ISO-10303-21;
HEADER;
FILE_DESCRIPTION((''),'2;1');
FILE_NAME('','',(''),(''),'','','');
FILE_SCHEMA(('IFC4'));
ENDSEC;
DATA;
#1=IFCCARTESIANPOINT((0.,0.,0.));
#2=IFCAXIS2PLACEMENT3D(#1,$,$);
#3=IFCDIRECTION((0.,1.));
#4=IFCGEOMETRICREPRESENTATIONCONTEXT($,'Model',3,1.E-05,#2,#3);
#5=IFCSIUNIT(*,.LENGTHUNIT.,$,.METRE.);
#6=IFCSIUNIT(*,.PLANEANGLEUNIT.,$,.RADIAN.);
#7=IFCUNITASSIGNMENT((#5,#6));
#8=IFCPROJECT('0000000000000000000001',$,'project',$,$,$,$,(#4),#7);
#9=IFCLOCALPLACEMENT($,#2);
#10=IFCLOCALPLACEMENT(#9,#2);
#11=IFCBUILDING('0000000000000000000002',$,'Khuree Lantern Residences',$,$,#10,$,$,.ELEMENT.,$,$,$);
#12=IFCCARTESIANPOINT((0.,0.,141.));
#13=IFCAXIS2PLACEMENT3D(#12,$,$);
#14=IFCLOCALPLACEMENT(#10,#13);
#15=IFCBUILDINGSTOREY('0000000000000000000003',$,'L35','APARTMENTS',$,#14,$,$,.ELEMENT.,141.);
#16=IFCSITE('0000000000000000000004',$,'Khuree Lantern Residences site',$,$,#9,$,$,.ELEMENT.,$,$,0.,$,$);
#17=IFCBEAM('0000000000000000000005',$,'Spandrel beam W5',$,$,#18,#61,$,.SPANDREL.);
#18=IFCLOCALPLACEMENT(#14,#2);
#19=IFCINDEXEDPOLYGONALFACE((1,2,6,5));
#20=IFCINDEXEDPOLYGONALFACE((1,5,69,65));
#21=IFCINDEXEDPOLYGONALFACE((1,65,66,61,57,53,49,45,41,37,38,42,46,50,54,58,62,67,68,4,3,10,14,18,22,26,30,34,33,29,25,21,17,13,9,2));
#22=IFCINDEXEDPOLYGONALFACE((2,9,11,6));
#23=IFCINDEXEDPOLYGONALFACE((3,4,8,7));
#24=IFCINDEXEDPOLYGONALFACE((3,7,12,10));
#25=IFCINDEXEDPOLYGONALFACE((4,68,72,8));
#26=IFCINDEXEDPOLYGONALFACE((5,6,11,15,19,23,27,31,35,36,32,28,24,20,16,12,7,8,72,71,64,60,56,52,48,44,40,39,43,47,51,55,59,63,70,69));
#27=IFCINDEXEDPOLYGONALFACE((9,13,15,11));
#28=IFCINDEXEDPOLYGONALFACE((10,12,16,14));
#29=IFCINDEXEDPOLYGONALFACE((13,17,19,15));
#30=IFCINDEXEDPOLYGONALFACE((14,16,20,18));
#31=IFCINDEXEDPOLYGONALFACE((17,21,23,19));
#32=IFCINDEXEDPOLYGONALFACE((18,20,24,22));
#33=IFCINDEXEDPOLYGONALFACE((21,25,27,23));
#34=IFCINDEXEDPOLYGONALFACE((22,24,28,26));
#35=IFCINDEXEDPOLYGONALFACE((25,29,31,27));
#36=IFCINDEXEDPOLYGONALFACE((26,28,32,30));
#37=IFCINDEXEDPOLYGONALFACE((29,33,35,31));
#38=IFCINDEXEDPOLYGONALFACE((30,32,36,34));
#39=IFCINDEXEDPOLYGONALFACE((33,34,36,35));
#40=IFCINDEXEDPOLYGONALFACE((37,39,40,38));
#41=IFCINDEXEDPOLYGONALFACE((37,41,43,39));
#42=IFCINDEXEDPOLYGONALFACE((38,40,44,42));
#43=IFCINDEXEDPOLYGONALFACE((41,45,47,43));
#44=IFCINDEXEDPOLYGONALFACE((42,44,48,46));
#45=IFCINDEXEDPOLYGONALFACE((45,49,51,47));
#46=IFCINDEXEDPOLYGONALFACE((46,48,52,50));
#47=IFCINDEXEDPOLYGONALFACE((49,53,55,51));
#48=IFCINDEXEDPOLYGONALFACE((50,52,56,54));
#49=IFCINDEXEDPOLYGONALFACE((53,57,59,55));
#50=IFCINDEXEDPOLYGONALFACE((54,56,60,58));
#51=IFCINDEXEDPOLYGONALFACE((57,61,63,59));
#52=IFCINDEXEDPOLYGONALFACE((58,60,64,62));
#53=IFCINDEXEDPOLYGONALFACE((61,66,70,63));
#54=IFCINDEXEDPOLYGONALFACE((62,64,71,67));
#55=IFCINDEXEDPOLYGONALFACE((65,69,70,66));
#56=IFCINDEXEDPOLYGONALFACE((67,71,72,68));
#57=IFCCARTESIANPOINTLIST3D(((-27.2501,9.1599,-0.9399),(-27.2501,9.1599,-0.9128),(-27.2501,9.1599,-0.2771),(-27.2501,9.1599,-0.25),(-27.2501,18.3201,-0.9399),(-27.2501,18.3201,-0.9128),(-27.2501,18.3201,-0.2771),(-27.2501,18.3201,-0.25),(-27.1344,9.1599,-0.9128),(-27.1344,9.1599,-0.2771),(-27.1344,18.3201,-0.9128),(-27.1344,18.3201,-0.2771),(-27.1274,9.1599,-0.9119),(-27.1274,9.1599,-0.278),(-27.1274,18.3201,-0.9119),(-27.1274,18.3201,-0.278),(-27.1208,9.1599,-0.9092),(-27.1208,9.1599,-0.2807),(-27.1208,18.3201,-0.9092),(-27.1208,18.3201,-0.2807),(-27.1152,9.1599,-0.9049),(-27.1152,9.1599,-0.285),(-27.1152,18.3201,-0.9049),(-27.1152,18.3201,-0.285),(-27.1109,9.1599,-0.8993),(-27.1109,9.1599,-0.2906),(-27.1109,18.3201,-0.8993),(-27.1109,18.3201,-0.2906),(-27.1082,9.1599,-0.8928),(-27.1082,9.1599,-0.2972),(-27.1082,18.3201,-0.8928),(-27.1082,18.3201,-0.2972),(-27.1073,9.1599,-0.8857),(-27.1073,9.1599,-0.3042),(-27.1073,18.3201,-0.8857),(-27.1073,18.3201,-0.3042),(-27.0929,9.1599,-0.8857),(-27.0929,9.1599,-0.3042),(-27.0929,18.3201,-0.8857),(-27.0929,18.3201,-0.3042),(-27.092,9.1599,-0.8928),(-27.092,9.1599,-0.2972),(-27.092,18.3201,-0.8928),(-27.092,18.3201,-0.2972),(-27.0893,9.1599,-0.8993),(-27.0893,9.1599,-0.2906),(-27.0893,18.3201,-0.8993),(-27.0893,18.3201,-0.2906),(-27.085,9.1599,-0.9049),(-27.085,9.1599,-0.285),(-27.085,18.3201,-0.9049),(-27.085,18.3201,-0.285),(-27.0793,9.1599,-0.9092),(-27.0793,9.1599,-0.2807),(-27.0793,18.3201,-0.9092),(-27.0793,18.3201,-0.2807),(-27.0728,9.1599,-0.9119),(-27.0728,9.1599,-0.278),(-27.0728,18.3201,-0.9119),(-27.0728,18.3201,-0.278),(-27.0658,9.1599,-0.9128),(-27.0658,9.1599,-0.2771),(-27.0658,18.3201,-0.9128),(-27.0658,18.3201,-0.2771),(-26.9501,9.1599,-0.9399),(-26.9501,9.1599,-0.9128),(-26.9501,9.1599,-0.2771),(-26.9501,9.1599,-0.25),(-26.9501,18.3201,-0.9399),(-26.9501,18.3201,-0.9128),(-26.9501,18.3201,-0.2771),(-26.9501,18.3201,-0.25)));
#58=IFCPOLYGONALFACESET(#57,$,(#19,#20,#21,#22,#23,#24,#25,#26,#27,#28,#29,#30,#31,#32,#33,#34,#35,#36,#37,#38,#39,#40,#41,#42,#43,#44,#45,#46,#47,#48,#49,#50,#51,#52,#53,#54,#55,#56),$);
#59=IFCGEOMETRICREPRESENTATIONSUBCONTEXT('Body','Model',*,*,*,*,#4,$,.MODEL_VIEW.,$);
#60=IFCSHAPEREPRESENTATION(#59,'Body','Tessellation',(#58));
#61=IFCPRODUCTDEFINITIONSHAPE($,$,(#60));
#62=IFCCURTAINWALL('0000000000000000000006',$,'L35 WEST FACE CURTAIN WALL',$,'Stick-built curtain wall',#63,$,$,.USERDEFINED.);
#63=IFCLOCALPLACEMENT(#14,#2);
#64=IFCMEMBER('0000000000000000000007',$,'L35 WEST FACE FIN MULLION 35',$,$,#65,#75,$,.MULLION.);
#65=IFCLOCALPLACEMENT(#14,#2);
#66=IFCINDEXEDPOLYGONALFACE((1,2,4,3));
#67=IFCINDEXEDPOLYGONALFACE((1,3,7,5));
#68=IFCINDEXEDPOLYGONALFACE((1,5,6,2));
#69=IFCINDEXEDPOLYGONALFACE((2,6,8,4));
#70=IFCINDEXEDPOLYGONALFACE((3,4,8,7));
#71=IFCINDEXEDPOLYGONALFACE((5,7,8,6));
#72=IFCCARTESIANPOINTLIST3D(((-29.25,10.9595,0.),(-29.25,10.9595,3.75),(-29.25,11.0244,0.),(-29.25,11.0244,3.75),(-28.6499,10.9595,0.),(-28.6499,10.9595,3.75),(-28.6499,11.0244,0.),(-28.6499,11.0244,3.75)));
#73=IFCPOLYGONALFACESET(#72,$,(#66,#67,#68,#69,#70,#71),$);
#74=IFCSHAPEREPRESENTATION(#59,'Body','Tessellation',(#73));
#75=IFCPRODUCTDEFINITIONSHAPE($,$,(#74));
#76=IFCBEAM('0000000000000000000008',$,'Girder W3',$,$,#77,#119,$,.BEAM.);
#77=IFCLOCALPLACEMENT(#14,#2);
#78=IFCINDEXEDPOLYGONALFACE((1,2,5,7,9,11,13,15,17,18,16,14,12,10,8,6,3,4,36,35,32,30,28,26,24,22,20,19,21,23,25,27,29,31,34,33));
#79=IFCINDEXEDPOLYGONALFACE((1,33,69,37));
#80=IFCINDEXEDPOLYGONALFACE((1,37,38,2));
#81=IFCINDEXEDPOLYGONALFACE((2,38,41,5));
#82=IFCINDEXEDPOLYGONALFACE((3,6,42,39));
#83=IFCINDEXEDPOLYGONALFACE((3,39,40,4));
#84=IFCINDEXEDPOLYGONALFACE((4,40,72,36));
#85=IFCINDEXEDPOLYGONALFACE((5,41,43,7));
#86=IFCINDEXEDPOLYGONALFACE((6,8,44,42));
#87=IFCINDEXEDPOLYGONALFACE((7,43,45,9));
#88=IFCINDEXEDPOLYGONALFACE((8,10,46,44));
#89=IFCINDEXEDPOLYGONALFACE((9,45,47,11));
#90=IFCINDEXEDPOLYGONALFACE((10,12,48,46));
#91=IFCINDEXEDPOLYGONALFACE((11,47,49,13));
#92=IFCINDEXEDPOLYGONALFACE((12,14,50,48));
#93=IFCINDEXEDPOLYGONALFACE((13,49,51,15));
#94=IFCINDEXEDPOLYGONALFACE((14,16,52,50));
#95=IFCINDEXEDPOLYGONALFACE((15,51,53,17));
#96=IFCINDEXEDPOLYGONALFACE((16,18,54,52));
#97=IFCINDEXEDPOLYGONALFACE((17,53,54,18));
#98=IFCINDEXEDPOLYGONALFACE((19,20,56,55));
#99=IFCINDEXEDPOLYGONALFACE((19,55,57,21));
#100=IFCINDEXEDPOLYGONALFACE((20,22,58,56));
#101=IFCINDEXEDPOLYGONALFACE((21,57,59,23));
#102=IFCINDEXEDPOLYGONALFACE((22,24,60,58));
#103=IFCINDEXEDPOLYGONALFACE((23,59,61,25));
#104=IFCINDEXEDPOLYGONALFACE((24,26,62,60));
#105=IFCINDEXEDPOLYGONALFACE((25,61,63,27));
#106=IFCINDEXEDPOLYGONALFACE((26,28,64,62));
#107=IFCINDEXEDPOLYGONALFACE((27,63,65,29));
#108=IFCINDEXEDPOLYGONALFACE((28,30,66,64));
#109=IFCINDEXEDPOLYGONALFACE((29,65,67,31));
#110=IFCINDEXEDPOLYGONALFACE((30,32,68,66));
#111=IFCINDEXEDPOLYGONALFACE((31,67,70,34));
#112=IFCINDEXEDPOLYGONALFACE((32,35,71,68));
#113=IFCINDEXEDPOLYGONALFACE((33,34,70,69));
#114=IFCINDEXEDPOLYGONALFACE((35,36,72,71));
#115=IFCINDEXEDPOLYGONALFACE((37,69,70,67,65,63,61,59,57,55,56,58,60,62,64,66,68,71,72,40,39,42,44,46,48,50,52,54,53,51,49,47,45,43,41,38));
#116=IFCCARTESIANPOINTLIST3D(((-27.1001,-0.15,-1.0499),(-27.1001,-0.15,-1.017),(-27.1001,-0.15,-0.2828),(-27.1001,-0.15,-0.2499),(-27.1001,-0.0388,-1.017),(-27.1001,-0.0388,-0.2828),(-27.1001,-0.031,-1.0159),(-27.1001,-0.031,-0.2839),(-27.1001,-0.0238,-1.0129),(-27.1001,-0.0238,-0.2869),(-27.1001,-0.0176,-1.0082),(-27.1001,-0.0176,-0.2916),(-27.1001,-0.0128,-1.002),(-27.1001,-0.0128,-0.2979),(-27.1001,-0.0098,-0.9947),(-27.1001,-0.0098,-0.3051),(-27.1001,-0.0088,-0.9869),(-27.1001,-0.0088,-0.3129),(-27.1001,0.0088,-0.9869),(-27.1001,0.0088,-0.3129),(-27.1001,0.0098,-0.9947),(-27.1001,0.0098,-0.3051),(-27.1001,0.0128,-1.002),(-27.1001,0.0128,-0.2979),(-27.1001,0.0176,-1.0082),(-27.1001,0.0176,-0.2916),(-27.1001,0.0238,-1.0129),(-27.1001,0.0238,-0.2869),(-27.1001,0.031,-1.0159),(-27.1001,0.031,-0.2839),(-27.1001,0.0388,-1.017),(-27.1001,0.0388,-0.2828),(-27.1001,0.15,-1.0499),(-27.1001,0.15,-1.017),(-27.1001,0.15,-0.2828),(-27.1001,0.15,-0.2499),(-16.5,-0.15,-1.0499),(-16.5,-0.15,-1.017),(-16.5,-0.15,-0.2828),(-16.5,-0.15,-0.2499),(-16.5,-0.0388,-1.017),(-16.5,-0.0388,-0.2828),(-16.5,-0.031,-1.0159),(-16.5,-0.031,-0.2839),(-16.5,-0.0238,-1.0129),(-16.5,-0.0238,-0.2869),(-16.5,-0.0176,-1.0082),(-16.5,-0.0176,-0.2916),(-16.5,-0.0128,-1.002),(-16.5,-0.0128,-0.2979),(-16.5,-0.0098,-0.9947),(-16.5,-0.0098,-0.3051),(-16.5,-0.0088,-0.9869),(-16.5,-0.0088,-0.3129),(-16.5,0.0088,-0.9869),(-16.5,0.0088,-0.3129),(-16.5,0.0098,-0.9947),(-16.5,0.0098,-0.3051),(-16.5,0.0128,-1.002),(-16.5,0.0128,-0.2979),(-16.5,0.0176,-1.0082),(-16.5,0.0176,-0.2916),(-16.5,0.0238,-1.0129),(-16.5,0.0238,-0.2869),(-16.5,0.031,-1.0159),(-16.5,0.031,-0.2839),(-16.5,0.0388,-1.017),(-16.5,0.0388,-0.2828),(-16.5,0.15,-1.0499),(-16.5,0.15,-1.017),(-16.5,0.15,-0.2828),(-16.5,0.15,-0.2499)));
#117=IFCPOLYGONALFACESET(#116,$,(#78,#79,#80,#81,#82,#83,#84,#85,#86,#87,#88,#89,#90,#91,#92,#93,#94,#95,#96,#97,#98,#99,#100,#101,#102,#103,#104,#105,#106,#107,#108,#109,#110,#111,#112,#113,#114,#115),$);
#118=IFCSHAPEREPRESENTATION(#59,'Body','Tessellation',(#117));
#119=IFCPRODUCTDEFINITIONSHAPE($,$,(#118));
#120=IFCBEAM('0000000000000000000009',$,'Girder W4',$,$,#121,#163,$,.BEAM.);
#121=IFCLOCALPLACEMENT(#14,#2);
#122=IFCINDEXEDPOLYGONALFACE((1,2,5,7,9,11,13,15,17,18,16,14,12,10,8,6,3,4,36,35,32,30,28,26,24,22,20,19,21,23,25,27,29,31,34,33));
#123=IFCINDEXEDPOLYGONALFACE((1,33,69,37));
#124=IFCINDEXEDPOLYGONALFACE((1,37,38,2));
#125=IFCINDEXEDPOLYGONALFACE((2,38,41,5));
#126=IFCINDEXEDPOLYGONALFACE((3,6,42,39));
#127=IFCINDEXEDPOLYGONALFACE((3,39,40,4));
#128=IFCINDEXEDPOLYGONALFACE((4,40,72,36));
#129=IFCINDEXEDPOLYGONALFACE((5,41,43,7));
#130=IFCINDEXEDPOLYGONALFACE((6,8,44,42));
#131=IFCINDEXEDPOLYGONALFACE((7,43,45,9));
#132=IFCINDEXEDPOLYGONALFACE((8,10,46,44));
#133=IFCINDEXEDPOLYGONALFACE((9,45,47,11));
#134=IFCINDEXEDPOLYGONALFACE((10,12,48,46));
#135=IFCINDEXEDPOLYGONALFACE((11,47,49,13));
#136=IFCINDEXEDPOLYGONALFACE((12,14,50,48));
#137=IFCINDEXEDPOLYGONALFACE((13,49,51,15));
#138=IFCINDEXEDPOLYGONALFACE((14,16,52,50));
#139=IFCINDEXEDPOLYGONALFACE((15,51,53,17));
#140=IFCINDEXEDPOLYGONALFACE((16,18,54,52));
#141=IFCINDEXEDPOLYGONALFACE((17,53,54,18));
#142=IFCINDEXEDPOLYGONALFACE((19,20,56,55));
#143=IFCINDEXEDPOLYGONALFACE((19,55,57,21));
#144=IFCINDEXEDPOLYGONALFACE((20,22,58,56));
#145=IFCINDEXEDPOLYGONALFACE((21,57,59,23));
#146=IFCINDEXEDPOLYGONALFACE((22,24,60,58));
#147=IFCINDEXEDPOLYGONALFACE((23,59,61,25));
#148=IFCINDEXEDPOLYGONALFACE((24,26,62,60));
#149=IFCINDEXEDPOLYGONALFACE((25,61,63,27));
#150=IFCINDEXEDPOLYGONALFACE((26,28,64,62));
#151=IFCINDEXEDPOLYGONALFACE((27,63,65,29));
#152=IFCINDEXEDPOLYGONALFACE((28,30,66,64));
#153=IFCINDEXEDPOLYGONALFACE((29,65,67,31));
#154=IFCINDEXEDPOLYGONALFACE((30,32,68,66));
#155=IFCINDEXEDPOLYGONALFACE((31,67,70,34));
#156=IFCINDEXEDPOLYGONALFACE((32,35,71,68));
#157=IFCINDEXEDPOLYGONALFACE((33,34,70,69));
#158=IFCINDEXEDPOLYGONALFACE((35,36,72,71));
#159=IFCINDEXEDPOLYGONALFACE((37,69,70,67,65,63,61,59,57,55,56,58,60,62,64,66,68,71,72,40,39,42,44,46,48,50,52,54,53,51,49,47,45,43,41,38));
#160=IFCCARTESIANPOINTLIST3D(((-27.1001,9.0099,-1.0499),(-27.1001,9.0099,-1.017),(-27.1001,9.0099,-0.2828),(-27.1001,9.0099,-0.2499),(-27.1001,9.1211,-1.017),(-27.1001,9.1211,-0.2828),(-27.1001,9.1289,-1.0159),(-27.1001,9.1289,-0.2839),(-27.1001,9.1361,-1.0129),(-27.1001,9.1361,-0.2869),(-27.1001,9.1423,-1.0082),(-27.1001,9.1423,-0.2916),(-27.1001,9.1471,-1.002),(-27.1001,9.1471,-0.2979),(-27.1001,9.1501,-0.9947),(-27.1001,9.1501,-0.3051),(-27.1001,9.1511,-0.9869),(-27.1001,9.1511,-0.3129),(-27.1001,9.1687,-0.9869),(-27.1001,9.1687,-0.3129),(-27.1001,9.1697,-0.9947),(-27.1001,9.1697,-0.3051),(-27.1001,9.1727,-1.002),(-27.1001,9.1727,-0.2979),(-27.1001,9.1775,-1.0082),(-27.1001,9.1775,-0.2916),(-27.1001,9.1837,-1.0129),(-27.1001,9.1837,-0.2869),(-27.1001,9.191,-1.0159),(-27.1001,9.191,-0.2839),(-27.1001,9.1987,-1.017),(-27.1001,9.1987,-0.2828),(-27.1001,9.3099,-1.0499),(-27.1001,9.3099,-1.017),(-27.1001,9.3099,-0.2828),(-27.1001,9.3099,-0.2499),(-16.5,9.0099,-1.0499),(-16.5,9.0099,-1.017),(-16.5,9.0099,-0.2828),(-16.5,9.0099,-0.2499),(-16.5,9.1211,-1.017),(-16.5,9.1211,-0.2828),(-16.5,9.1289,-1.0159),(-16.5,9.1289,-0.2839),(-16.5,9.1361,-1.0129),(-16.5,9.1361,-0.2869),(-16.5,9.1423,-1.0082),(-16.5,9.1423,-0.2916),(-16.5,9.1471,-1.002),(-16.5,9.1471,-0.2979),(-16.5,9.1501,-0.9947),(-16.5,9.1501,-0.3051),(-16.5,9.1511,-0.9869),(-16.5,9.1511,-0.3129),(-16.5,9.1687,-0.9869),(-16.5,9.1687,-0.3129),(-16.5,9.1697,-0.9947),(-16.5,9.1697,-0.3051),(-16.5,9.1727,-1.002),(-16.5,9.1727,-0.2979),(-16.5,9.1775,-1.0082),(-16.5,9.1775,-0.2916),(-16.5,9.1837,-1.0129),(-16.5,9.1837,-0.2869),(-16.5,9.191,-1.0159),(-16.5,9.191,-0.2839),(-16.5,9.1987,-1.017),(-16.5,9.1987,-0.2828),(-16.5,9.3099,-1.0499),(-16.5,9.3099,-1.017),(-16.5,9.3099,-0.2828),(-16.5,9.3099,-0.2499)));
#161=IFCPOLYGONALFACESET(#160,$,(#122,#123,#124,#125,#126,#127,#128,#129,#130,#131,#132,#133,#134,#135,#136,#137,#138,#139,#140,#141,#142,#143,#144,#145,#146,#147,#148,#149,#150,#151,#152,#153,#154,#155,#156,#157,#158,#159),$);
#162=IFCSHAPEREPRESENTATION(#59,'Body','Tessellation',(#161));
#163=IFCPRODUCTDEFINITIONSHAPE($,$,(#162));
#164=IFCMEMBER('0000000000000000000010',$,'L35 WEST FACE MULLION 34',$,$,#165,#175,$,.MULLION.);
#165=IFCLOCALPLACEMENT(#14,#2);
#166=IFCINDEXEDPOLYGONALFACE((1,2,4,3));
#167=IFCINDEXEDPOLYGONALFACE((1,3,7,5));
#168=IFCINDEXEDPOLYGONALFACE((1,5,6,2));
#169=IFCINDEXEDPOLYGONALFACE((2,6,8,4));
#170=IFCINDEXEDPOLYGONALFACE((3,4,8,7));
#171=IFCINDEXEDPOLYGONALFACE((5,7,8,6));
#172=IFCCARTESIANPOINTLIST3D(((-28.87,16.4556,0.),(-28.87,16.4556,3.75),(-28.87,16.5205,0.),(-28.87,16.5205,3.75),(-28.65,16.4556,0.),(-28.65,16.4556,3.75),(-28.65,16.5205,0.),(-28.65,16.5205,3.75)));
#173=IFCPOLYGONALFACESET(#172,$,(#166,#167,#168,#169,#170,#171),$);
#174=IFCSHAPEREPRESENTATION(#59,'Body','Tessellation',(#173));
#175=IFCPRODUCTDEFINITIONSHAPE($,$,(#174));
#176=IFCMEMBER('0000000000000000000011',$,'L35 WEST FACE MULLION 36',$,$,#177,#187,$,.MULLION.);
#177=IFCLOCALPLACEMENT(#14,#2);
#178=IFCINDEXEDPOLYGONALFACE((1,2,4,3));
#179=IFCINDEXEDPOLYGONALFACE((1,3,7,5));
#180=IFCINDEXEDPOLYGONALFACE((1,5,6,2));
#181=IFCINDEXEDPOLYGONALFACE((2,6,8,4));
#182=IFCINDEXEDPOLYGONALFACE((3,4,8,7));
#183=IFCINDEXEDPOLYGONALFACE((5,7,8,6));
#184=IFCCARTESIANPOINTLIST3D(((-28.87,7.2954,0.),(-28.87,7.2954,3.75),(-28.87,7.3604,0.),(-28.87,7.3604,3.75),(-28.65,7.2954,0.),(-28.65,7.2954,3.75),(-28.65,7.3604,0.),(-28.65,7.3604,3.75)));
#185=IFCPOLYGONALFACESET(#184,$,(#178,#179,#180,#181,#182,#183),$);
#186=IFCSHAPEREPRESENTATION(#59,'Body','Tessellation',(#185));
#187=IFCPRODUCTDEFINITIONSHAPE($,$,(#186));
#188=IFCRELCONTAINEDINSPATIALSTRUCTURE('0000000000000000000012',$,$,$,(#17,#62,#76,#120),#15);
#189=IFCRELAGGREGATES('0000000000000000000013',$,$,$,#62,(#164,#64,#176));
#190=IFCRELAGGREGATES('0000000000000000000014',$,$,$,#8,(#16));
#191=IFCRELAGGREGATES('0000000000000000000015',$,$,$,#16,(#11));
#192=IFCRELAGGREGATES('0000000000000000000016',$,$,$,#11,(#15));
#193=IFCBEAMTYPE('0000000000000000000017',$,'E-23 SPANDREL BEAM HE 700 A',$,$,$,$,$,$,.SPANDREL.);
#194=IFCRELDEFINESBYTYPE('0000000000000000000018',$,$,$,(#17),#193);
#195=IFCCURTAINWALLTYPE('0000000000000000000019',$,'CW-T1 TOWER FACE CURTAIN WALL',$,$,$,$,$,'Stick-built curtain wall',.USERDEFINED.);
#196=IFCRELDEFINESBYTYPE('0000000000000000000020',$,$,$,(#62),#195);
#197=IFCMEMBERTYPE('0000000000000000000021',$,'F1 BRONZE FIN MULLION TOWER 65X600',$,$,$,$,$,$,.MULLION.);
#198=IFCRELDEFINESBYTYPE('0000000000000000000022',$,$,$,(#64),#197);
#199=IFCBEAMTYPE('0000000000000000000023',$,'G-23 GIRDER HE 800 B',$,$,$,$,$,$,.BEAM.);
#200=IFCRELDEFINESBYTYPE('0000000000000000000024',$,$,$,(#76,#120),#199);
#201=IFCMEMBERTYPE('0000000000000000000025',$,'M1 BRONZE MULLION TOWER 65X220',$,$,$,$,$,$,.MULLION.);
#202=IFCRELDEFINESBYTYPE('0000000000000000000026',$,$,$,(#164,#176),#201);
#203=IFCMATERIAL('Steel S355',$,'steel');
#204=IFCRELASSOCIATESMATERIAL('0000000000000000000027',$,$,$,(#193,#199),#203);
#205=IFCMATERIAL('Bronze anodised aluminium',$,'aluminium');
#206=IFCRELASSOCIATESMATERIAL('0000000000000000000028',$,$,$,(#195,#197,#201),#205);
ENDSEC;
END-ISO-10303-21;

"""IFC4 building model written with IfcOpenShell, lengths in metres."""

from ifc_helpers import new_model, si_unit, direction, frame, origin, origin_2d, place, context, subcontext, project, spatial, rectangle, i_section, extrude, material, material_profile, profile_set, type_object, element, aggregate, save


model = new_model("IFC4")

# Units and contexts
model_context = context("Model", 3, precision=1e-05, world=origin(), true_north=direction((0.0, 1.0)))
body_context = subcontext(model_context, "Body", "Model", "MODEL_VIEW")
ifc_project = project(units=[si_unit("LENGTHUNIT", "METRE"), si_unit("PLANEANGLEUNIT", "RADIAN")], contexts=[model_context])

# Site, building, storey
site_placement = place(None, origin())
site = spatial("IfcSite", under=ifc_project, at=site_placement, Name="Khuree Lantern Residences site", CompositionType="ELEMENT", RefElevation=0.0)
building_placement = place(site_placement, origin())
building = spatial("IfcBuilding", under=site, at=building_placement, Name="Khuree Lantern Residences", CompositionType="ELEMENT")
storey_placement = place(building_placement, frame((0.0, 0.0, 141.0)))
storey = spatial("IfcBuildingStorey", under=building, at=storey_placement, Name="L35", Description="APARTMENTS", CompositionType="ELEMENT", Elevation=141.0)

# Beam
ifc_material_1 = material(Name="Steel S355", Category="steel")
ifc_material_profile_1 = material_profile(ifc_material_1, i_section(OverallWidth=0.3, OverallDepth=0.6899, WebThickness=0.0144, FlangeThickness=0.0271, FilletRadius=0.0271, at=origin_2d()), Name="HE 700 A")
ifc_profile_set_1 = profile_set([ifc_material_profile_1], Name="Steel S355")
beam_type_1 = type_object("IfcBeamType", Name="E-23 SPANDREL BEAM HE 700 A", PredefinedType="SPANDREL", material=ifc_profile_set_1)
beam_1_placement = place(storey_placement, frame((-27.1001, 9.1599, -0.595), z_axis=(0.0, 1.0, 0.0), x_axis=(-1.0, 0.0, 0.0)))
element("IfcBeam", 1, at=beam_1_placement, inside=storey, type_object=beam_type_1, Name="Spandrel beam W5", PredefinedType="SPANDREL", context=body_context, shape_type="SweptSolid", body=[
    extrude(i_section(OverallWidth=0.3, OverallDepth=0.6899, WebThickness=0.0144, FlangeThickness=0.0271, FilletRadius=0.0271, at=origin_2d()), origin(), (0.0, 0.0, 1.0), 9.1602),
])

# Curtain wall, member
ifc_material_2 = material(Name="Bronze anodised aluminium", Category="aluminium")
curtain_wall_type = type_object("IfcCurtainWallType", Name="CW-T1 TOWER FACE CURTAIN WALL", ElementType="Stick-built curtain wall", PredefinedType="USERDEFINED", material=ifc_material_2)
curtain_wall_placement = place(storey_placement, origin())
curtain_wall = element("IfcCurtainWall", 2, at=curtain_wall_placement, inside=storey, type_object=curtain_wall_type, Name="L35 WEST FACE CURTAIN WALL", ObjectType="Stick-built curtain wall", PredefinedType="USERDEFINED")
ifc_material_profile_2 = material_profile(ifc_material_2, rectangle(XDim=0.0649, YDim=0.6001, at=origin_2d()), Name="F1 65X600")
ifc_profile_set_2 = profile_set([ifc_material_profile_2], Name="Bronze anodised aluminium")
member_type_1 = type_object("IfcMemberType", Name="F1 BRONZE FIN MULLION TOWER 65X600", PredefinedType="MULLION", material=ifc_profile_set_2)
member_1_placement = place(storey_placement, frame((-28.95, 10.9919, 0.0), z_axis=(0.0, 0.0, 1.0), x_axis=(0.0, -1.0, 0.0)))
member_1 = element("IfcMember", 3, at=member_1_placement, type_object=member_type_1, Name="L35 WEST FACE FIN MULLION 35", PredefinedType="MULLION", context=body_context, shape_type="SweptSolid", body=[
    extrude(rectangle(XDim=0.0649, YDim=0.6001, at=origin_2d()), origin(), (0.0, 0.0, 1.0), 3.75),
])

# Beams
ifc_material_profile_3 = material_profile(ifc_material_1, i_section(OverallWidth=0.3, OverallDepth=0.8, WebThickness=0.0176, FlangeThickness=0.033, FilletRadius=0.03, at=origin_2d()), Name="HE 800 B")
ifc_profile_set_3 = profile_set([ifc_material_profile_3], Name="Steel S355")
beam_type_2 = type_object("IfcBeamType", Name="G-23 GIRDER HE 800 B", PredefinedType="BEAM", material=ifc_profile_set_3)
for number, where, z_axis, x_axis, name in (
    (4, (-27.1001, 0.0, -0.6499), (1.0, 0.0, 0.0), (0.0, 1.0, 0.0), "Girder W3"),
    (5, (-27.1001, 9.1599, -0.6499), (1.0, 0.0, 0.0), (0.0, 1.0, 0.0), "Girder W4"),
):
    element("IfcBeam", number, at=place(storey_placement, frame(where, z_axis=z_axis, x_axis=x_axis)), inside=storey, type_object=beam_type_2, Name=name, PredefinedType="BEAM", context=body_context, shape_type="SweptSolid", body=[
        extrude(i_section(OverallWidth=0.3, OverallDepth=0.8, WebThickness=0.0176, FlangeThickness=0.033, FilletRadius=0.03, at=origin_2d()), origin(), (0.0, 0.0, 1.0), 10.6001),
    ])

# Members
ifc_material_profile_4 = material_profile(ifc_material_2, rectangle(XDim=0.0649, YDim=0.22, at=origin_2d()), Name="M1 65X220")
ifc_profile_set_4 = profile_set([ifc_material_profile_4], Name="Bronze anodised aluminium")
member_type_2 = type_object("IfcMemberType", Name="M1 BRONZE MULLION TOWER 65X220", PredefinedType="MULLION", material=ifc_profile_set_4)
member_2_placement = place(storey_placement, frame((-28.76, 16.488, 0.0), z_axis=(0.0, 0.0, 1.0), x_axis=(0.0, -1.0, 0.0)))
member_2 = element("IfcMember", 6, at=member_2_placement, type_object=member_type_2, Name="L35 WEST FACE MULLION 34", PredefinedType="MULLION", context=body_context, shape_type="SweptSolid", body=[
    extrude(rectangle(XDim=0.0649, YDim=0.22, at=origin_2d()), origin(), (0.0, 0.0, 1.0), 3.75),
])
member_3_placement = place(storey_placement, frame((-28.76, 7.3279, 0.0), z_axis=(0.0, 0.0, 1.0), x_axis=(0.0, -1.0, 0.0)))
member_3 = element("IfcMember", 7, at=member_3_placement, type_object=member_type_2, Name="L35 WEST FACE MULLION 36", PredefinedType="MULLION", context=body_context, shape_type="SweptSolid", body=[
    extrude(rectangle(XDim=0.0649, YDim=0.22, at=origin_2d()), origin(), (0.0, 0.0, 1.0), 3.75),
])

aggregate(curtain_wall, [member_2, member_1, member_3])

save(model, "model.ifc")
